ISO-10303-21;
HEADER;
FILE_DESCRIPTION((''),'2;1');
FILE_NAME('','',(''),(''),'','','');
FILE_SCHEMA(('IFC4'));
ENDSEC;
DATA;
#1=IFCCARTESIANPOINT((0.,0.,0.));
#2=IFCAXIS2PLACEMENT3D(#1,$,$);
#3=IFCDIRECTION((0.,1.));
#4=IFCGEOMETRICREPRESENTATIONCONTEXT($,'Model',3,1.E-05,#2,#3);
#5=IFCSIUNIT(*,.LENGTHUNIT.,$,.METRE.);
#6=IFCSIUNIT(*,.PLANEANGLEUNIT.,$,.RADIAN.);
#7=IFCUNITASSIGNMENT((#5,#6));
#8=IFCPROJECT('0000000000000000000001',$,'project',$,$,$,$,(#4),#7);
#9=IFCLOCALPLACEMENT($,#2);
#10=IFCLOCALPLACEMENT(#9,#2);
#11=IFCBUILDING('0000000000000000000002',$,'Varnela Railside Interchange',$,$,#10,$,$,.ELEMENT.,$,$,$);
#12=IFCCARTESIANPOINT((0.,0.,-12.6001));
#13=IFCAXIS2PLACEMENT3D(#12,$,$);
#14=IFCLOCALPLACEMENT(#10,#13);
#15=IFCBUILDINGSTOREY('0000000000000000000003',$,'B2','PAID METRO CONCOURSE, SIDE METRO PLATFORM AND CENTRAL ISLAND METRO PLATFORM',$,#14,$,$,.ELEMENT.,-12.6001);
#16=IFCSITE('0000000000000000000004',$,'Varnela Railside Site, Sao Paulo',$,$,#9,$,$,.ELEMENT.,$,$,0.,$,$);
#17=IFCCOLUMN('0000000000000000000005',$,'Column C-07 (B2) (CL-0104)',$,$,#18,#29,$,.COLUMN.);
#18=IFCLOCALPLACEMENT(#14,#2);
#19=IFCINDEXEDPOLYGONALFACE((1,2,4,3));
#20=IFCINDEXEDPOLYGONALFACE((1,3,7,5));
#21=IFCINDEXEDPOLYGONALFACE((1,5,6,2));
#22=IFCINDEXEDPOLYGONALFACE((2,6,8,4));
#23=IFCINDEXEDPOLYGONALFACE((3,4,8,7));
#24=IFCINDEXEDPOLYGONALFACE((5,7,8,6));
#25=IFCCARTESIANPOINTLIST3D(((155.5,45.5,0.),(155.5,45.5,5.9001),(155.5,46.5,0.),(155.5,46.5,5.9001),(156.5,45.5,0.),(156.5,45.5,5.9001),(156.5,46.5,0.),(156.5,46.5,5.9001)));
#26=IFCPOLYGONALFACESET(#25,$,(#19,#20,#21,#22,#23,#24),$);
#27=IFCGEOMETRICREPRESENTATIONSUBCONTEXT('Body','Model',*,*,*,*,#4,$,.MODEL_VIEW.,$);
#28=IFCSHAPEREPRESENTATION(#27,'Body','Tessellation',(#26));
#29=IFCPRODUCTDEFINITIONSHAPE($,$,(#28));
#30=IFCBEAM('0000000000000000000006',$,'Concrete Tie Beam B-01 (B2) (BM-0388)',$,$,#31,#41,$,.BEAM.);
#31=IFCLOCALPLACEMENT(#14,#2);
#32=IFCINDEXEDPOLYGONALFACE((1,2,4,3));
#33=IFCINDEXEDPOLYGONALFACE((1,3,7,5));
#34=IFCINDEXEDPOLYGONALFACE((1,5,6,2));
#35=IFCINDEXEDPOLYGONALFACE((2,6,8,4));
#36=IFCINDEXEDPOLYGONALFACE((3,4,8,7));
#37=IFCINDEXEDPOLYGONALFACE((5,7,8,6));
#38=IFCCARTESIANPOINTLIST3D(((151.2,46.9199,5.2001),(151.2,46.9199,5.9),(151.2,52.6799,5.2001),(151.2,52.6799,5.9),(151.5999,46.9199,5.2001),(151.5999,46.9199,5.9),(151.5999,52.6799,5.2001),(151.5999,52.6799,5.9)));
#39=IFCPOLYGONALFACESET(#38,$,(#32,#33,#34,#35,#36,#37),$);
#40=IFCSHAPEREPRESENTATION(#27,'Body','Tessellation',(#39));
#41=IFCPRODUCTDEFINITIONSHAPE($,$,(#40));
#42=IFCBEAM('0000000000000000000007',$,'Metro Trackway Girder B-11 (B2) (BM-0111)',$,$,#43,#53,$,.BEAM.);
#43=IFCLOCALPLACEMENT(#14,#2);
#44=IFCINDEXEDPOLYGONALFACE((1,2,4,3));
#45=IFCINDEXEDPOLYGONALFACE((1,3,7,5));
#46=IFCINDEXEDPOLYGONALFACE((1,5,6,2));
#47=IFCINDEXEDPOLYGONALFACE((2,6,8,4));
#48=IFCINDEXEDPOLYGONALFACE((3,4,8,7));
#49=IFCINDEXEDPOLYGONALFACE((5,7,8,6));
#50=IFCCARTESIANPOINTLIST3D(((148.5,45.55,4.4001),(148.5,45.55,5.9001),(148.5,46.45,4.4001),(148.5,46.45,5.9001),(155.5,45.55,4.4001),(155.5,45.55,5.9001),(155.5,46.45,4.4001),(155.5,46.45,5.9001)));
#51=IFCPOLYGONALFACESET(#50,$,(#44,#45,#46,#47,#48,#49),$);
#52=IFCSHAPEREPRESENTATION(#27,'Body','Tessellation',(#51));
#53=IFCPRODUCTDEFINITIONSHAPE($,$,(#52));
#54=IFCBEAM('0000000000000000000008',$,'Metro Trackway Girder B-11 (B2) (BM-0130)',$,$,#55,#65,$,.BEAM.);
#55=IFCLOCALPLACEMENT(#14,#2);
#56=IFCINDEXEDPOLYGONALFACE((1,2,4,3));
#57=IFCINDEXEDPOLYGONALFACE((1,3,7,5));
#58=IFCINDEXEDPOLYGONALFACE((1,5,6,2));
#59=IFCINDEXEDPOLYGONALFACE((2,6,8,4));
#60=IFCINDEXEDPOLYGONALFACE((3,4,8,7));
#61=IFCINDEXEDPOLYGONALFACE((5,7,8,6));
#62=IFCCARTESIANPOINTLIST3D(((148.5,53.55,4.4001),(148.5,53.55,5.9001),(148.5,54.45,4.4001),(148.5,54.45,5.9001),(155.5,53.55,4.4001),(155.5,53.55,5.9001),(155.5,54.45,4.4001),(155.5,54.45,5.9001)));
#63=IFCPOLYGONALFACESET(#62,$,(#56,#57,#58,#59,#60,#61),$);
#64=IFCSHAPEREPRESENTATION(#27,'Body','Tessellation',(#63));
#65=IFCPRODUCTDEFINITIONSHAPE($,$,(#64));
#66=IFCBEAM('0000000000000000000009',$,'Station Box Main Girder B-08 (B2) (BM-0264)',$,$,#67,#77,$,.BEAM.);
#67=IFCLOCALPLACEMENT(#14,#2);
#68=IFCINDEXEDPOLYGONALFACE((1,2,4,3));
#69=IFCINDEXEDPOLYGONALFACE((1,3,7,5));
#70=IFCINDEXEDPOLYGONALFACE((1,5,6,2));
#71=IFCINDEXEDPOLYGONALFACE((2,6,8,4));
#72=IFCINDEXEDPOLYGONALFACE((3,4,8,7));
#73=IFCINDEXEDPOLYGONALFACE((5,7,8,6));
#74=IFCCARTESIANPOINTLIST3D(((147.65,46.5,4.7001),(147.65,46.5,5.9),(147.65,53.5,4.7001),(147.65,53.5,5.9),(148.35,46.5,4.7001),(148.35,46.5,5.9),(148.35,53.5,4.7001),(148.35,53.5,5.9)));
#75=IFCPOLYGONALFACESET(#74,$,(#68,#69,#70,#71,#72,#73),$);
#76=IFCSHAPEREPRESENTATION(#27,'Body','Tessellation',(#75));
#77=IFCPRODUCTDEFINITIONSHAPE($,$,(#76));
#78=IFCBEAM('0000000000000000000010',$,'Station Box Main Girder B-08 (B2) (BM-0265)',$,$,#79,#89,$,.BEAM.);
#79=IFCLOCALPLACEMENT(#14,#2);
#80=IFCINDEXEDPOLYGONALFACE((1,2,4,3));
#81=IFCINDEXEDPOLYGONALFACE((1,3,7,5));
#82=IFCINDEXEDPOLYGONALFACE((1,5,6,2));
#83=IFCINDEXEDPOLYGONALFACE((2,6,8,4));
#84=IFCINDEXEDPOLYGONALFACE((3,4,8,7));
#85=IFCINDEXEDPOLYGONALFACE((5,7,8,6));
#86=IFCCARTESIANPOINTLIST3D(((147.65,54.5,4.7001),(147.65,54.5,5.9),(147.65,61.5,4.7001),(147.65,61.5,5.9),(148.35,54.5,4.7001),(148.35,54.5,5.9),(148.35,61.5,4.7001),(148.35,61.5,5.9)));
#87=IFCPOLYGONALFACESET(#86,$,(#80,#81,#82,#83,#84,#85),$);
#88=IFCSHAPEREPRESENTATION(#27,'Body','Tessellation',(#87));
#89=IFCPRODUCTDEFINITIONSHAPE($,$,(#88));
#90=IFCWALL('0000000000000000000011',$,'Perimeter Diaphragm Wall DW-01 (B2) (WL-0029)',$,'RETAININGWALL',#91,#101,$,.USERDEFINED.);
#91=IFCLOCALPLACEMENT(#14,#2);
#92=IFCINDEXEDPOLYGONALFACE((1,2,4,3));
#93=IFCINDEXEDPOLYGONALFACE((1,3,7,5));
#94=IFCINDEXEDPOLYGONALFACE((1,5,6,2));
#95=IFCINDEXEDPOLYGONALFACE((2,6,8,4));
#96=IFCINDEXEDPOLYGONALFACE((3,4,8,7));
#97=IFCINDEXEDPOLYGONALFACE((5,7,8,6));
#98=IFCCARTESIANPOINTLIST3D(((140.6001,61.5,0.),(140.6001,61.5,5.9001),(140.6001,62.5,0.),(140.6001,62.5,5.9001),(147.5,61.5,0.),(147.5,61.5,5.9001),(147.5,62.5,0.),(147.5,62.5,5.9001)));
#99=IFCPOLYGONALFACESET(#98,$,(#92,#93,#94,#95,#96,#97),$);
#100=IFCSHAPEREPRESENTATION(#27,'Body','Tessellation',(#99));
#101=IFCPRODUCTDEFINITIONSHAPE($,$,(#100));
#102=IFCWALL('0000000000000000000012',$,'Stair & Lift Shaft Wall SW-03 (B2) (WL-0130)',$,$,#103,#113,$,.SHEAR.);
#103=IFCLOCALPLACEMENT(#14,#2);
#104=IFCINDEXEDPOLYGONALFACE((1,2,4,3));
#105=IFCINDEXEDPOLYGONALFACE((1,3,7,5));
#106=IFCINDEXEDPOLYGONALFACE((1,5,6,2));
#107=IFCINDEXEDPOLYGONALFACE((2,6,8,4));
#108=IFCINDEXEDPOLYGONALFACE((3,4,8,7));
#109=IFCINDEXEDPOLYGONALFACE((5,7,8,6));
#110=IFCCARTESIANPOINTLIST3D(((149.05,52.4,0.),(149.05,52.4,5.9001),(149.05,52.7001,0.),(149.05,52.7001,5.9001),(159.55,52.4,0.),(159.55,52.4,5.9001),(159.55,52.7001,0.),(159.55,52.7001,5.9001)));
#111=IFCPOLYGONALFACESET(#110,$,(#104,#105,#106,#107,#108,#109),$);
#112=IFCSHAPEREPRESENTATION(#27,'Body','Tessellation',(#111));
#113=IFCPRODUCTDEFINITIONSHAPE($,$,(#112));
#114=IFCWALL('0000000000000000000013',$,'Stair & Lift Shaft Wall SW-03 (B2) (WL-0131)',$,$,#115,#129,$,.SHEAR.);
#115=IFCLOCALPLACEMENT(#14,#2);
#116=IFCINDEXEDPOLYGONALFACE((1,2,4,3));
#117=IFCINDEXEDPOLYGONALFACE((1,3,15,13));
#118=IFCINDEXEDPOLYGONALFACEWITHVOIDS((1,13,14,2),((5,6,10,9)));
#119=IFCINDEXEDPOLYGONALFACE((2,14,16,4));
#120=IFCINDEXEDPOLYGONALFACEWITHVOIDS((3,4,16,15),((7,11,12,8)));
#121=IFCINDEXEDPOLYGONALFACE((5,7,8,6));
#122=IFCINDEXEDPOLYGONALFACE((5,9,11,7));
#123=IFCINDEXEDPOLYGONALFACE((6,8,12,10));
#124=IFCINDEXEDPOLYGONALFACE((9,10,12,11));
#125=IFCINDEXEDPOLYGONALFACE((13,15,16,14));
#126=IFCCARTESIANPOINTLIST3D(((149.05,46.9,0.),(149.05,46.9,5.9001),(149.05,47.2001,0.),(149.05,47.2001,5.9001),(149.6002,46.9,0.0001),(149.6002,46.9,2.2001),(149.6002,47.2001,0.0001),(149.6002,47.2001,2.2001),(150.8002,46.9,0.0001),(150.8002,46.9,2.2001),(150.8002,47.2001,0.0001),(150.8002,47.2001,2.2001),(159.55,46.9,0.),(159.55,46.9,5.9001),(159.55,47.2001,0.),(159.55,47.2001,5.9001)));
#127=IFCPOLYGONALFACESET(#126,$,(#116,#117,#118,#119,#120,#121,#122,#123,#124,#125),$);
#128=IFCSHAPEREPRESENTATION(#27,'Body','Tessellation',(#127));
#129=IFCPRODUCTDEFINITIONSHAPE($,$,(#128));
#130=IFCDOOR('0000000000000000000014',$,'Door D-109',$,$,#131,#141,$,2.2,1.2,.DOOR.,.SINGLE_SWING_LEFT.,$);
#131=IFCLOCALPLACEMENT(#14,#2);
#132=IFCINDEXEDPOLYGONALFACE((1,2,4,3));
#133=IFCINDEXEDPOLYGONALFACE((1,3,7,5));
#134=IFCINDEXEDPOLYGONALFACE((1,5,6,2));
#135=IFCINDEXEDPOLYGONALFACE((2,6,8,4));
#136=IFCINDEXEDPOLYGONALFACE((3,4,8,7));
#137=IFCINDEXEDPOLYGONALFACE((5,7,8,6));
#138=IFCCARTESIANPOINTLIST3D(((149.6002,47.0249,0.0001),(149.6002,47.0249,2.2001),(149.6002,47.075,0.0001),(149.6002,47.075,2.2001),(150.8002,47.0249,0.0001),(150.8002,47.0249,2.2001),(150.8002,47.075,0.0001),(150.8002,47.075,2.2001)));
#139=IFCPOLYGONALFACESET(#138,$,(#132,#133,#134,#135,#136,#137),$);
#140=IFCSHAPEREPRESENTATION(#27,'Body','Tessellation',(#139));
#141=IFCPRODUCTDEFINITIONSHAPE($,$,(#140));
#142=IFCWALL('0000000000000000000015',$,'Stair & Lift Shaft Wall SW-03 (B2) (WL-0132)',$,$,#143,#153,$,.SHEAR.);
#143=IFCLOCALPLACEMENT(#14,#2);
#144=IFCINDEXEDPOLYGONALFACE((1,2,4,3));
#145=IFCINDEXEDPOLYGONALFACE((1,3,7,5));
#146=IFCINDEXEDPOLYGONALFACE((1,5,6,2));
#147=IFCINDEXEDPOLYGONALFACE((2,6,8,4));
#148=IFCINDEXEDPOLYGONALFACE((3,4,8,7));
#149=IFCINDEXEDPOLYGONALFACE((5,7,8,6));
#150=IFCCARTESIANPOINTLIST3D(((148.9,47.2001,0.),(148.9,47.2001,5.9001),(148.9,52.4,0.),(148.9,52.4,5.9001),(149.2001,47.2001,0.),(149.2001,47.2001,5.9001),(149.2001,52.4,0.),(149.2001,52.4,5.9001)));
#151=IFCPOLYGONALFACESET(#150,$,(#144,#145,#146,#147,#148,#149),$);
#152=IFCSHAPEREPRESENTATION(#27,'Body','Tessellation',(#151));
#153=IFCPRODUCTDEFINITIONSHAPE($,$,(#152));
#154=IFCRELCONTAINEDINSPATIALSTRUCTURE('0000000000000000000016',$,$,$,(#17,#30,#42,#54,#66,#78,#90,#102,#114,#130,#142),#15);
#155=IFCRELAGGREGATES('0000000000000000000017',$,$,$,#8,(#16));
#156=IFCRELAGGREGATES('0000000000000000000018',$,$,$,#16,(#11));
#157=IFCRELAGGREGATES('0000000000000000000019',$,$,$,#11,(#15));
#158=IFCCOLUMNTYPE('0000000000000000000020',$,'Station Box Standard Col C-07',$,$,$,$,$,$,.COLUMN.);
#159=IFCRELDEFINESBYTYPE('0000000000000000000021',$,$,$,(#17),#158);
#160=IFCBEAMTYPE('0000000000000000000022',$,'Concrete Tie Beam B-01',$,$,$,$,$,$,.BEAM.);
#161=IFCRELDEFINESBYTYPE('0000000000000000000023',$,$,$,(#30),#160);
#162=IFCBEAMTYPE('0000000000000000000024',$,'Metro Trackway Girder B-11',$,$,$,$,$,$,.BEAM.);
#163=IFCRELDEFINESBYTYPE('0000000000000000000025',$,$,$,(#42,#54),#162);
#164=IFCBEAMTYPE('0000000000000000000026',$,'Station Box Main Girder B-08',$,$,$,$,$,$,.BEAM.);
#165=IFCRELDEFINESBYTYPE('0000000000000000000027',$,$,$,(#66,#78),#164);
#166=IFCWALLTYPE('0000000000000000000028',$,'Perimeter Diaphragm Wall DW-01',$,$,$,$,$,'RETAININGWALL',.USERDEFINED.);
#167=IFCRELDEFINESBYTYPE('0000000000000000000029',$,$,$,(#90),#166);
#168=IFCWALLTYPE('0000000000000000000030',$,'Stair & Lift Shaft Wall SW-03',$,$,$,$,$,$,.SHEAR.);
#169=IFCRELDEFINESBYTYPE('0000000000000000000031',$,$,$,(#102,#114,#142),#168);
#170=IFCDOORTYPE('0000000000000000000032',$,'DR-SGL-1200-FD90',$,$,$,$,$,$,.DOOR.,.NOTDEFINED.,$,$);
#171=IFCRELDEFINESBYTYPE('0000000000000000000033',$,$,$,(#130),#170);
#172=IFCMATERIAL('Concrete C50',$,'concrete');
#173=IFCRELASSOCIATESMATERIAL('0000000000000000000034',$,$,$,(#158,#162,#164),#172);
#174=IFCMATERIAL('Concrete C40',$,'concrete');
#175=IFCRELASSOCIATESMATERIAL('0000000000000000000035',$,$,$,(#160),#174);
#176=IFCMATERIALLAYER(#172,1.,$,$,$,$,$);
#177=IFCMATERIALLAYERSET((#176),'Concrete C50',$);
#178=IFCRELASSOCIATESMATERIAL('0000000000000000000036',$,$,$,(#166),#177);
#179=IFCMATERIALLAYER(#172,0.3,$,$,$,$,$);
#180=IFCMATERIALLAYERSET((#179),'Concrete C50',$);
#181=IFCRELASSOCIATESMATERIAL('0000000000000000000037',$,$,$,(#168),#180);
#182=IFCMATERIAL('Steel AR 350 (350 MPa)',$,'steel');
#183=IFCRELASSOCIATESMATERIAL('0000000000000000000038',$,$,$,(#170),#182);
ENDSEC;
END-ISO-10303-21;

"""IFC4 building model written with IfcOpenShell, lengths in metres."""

from ifc_helpers import new_model, si_unit, direction, frame, frame_2d, origin, origin_2d, place, context, subcontext, project, spatial, rectangle, extrude, material, layer, layer_set, material_profile, profile_set, type_object, element, fill, save


model = new_model("IFC4")

# Units and contexts
model_context = context("Model", 3, precision=1e-05, world=origin(), true_north=direction((0.0, 1.0)))
body_context = subcontext(model_context, "Body", "Model", "MODEL_VIEW")
ifc_project = project(units=[si_unit("LENGTHUNIT", "METRE"), si_unit("PLANEANGLEUNIT", "RADIAN")], contexts=[model_context])

# Site, building, storey
site_placement = place(None, origin())
site = spatial("IfcSite", under=ifc_project, at=site_placement, Name="Varnela Railside Site, Sao Paulo", CompositionType="ELEMENT", RefElevation=0.0)
building_placement = place(site_placement, origin())
building = spatial("IfcBuilding", under=site, at=building_placement, Name="Varnela Railside Interchange", CompositionType="ELEMENT")
storey_placement = place(building_placement, frame((0.0, 0.0, -12.6001)))
storey = spatial("IfcBuildingStorey", under=building, at=storey_placement, Name="B2", Description="PAID METRO CONCOURSE, SIDE METRO PLATFORM AND CENTRAL ISLAND METRO PLATFORM", CompositionType="ELEMENT", Elevation=-12.6001)

# Shared definitions
ifc_material_1 = material(Name="Concrete C40", Category="concrete")

# Shared definitions
ifc_material_2 = material(Name="Concrete C50", Category="concrete")

# Column
ifc_material_profile_1 = material_profile(ifc_material_2, rectangle(XDim=1.0, YDim=1.0, at=origin_2d()), Name="RC 1000x1000")
ifc_profile_set_1 = profile_set([ifc_material_profile_1], Name="Concrete C50")
column_type = type_object("IfcColumnType", Name="Station Box Standard Col C-07", PredefinedType="COLUMN", material=ifc_profile_set_1)
for number, where, z_axis, x_axis, name in (
    (1, (156.0, 46.0, 0.0), (0.0, 0.0, 1.0), (1.0, 0.0, 0.0), "Column C-07 (B2) (CL-0104)"),
):
    element("IfcColumn", number, at=place(storey_placement, frame(where, z_axis=z_axis, x_axis=x_axis)), inside=storey, type_object=column_type, Name=name, PredefinedType="COLUMN", context=body_context, shape_type="SweptSolid", body=[
        extrude(rectangle(XDim=1.0, YDim=1.0, at=origin_2d()), origin(), (0.0, 0.0, 1.0), 5.9001),
    ])

# Beams
ifc_material_profile_2 = material_profile(ifc_material_1, rectangle(XDim=0.3999, YDim=0.7, at=origin_2d()), Name="RC 400x700")
ifc_profile_set_2 = profile_set([ifc_material_profile_2], Name="Concrete C40")
beam_type_1 = type_object("IfcBeamType", Name="Concrete Tie Beam B-01", PredefinedType="BEAM", material=ifc_profile_set_2)
beam_placement = place(storey_placement, frame((151.3999, 46.9199, 5.55), z_axis=(0.0, 1.0, 0.0), x_axis=(-1.0, 0.0, 0.0)))
element("IfcBeam", 2, at=beam_placement, inside=storey, type_object=beam_type_1, Name="Concrete Tie Beam B-01 (B2) (BM-0388)", PredefinedType="BEAM", context=body_context, shape_type="SweptSolid", body=[
    extrude(rectangle(XDim=0.3999, YDim=0.7, at=origin_2d()), origin(), (0.0, 0.0, 1.0), 5.76),
])
ifc_material_profile_3 = material_profile(ifc_material_2, rectangle(XDim=0.8999, YDim=1.5, at=origin_2d()), Name="RC 900x1500")
ifc_profile_set_3 = profile_set([ifc_material_profile_3], Name="Concrete C50")
beam_type_2 = type_object("IfcBeamType", Name="Metro Trackway Girder B-11", PredefinedType="BEAM", material=ifc_profile_set_3)
for number, where, z_axis, x_axis, name in (
    (3, (148.5, 46.0, 5.1501), (1.0, 0.0, 0.0), (0.0, 1.0, 0.0), "Metro Trackway Girder B-11 (B2) (BM-0111)"),
    (4, (148.5, 54.0, 5.1501), (1.0, 0.0, 0.0), (0.0, 1.0, 0.0), "Metro Trackway Girder B-11 (B2) (BM-0130)"),
):
    element("IfcBeam", number, at=place(storey_placement, frame(where, z_axis=z_axis, x_axis=x_axis)), inside=storey, type_object=beam_type_2, Name=name, PredefinedType="BEAM", context=body_context, shape_type="SweptSolid", body=[
        extrude(rectangle(XDim=0.8999, YDim=1.5, at=origin_2d()), origin(), (0.0, 0.0, 1.0), 7.0),
    ])
ifc_material_profile_4 = material_profile(ifc_material_2, rectangle(XDim=0.7, YDim=1.2, at=origin_2d()), Name="RC 700x1200")
ifc_profile_set_4 = profile_set([ifc_material_profile_4], Name="Concrete C50")
beam_type_3 = type_object("IfcBeamType", Name="Station Box Main Girder B-08", PredefinedType="BEAM", material=ifc_profile_set_4)
for number, where, z_axis, x_axis, name in (
    (5, (148.0, 46.5, 5.3), (0.0, 1.0, 0.0), (-1.0, 0.0, 0.0), "Station Box Main Girder B-08 (B2) (BM-0264)"),
    (6, (148.0, 54.5, 5.3), (0.0, 1.0, 0.0), (-1.0, 0.0, 0.0), "Station Box Main Girder B-08 (B2) (BM-0265)"),
):
    element("IfcBeam", number, at=place(storey_placement, frame(where, z_axis=z_axis, x_axis=x_axis)), inside=storey, type_object=beam_type_3, Name=name, PredefinedType="BEAM", context=body_context, shape_type="SweptSolid", body=[
        extrude(rectangle(XDim=0.7, YDim=1.2, at=origin_2d()), origin(), (0.0, 0.0, 1.0), 7.0),
    ])

# Walls
ifc_layer_1 = layer(ifc_material_2, 1.0)
ifc_layer_set_1 = layer_set([ifc_layer_1], Name="Concrete C50")
wall_type_1 = type_object("IfcWallType", Name="Perimeter Diaphragm Wall DW-01", ElementType="RETAININGWALL", PredefinedType="USERDEFINED", material=ifc_layer_set_1)
wall_1_placement = place(storey_placement, frame((147.5, 62.0, 0.0), z_axis=(0.0, 0.0, 1.0), x_axis=(-1.0, 0.0, 0.0)))
element("IfcWall", 7, at=wall_1_placement, inside=storey, type_object=wall_type_1, Name="Perimeter Diaphragm Wall DW-01 (B2) (WL-0029)", ObjectType="RETAININGWALL", PredefinedType="USERDEFINED", context=body_context, shape_type="SweptSolid", body=[
    extrude(rectangle(XDim=6.8999, YDim=1.0, at=frame_2d((3.45, 0.0))), origin(), (0.0, 0.0, 1.0), 5.9001),
])
ifc_layer_2 = layer(ifc_material_2, 0.3)
ifc_layer_set_2 = layer_set([ifc_layer_2], Name="Concrete C50")
wall_type_2 = type_object("IfcWallType", Name="Stair & Lift Shaft Wall SW-03", PredefinedType="SHEAR", material=ifc_layer_set_2)
wall_2_placement = place(storey_placement, frame((149.05, 52.55, 0.0), z_axis=(0.0, 0.0, 1.0), x_axis=(1.0, 0.0, 0.0)))
element("IfcWall", 8, at=wall_2_placement, inside=storey, type_object=wall_type_2, Name="Stair & Lift Shaft Wall SW-03 (B2) (WL-0130)", PredefinedType="SHEAR", context=body_context, shape_type="SweptSolid", body=[
    extrude(rectangle(XDim=10.5, YDim=0.3, at=frame_2d((5.25, 0.0))), origin(), (0.0, 0.0, 1.0), 5.9001),
])

# Wall, opening, door
wall_3_placement = place(storey_placement, frame((149.05, 47.05, 0.0), z_axis=(0.0, 0.0, 1.0), x_axis=(1.0, 0.0, 0.0)))
wall_3 = element("IfcWall", 9, at=wall_3_placement, inside=storey, type_object=wall_type_2, Name="Stair & Lift Shaft Wall SW-03 (B2) (WL-0131)", PredefinedType="SHEAR", context=body_context, shape_type="SweptSolid", body=[
    extrude(rectangle(XDim=10.5, YDim=0.3, at=frame_2d((5.25, 0.0))), origin(), (0.0, 0.0, 1.0), 5.9001),
])
opening_placement = place(wall_3_placement, frame((0.55, 0.0, 0.0)))
opening = element("IfcOpeningElement", 10, at=opening_placement, cuts=wall_3, PredefinedType="OPENING", context=body_context, shape_type="SweptSolid", body=[
    extrude(rectangle(XDim=1.2, YDim=2.2, at=frame_2d((0.6001, 1.1001))), frame((0.0, 0.1599, 0.0), z_axis=(0.0, -1.0, 0.0), x_axis=(1.0, 0.0, 0.0)), (0.0, 0.0, 1.0), 0.3201),
])
ifc_material_3 = material(Name="Steel AR 350 (350 MPa)", Category="steel")
door_type = type_object("IfcDoorType", Name="DR-SGL-1200-FD90", OperationType="NOTDEFINED", PredefinedType="DOOR", material=ifc_material_3)
door_placement = place(opening_placement, origin())
door = element("IfcDoor", 11, at=door_placement, inside=storey, type_object=door_type, Name="Door D-109", OperationType="SINGLE_SWING_LEFT", OverallHeight=2.2, OverallWidth=1.2, PredefinedType="DOOR", context=body_context, shape_type="SweptSolid", body=[
    extrude(rectangle(XDim=1.2, YDim=2.2, at=frame_2d((0.6001, 1.1001))), frame((0.0, 0.0249, 0.0), z_axis=(0.0, -1.0, 0.0), x_axis=(1.0, 0.0, 0.0)), (0.0, 0.0, 1.0), 0.05),
])
fill(opening, door)

# Wall
wall_4_placement = place(storey_placement, frame((149.05, 47.2, 0.0), z_axis=(0.0, 0.0, 1.0), x_axis=(0.0, 1.0, 0.0)))
element("IfcWall", 12, at=wall_4_placement, inside=storey, type_object=wall_type_2, Name="Stair & Lift Shaft Wall SW-03 (B2) (WL-0132)", PredefinedType="SHEAR", context=body_context, shape_type="SweptSolid", body=[
    extrude(rectangle(XDim=5.2, YDim=0.3, at=frame_2d((2.6001, 0.0))), origin(), (0.0, 0.0, 1.0), 5.9001),
])

save(model, "model.ifc")
